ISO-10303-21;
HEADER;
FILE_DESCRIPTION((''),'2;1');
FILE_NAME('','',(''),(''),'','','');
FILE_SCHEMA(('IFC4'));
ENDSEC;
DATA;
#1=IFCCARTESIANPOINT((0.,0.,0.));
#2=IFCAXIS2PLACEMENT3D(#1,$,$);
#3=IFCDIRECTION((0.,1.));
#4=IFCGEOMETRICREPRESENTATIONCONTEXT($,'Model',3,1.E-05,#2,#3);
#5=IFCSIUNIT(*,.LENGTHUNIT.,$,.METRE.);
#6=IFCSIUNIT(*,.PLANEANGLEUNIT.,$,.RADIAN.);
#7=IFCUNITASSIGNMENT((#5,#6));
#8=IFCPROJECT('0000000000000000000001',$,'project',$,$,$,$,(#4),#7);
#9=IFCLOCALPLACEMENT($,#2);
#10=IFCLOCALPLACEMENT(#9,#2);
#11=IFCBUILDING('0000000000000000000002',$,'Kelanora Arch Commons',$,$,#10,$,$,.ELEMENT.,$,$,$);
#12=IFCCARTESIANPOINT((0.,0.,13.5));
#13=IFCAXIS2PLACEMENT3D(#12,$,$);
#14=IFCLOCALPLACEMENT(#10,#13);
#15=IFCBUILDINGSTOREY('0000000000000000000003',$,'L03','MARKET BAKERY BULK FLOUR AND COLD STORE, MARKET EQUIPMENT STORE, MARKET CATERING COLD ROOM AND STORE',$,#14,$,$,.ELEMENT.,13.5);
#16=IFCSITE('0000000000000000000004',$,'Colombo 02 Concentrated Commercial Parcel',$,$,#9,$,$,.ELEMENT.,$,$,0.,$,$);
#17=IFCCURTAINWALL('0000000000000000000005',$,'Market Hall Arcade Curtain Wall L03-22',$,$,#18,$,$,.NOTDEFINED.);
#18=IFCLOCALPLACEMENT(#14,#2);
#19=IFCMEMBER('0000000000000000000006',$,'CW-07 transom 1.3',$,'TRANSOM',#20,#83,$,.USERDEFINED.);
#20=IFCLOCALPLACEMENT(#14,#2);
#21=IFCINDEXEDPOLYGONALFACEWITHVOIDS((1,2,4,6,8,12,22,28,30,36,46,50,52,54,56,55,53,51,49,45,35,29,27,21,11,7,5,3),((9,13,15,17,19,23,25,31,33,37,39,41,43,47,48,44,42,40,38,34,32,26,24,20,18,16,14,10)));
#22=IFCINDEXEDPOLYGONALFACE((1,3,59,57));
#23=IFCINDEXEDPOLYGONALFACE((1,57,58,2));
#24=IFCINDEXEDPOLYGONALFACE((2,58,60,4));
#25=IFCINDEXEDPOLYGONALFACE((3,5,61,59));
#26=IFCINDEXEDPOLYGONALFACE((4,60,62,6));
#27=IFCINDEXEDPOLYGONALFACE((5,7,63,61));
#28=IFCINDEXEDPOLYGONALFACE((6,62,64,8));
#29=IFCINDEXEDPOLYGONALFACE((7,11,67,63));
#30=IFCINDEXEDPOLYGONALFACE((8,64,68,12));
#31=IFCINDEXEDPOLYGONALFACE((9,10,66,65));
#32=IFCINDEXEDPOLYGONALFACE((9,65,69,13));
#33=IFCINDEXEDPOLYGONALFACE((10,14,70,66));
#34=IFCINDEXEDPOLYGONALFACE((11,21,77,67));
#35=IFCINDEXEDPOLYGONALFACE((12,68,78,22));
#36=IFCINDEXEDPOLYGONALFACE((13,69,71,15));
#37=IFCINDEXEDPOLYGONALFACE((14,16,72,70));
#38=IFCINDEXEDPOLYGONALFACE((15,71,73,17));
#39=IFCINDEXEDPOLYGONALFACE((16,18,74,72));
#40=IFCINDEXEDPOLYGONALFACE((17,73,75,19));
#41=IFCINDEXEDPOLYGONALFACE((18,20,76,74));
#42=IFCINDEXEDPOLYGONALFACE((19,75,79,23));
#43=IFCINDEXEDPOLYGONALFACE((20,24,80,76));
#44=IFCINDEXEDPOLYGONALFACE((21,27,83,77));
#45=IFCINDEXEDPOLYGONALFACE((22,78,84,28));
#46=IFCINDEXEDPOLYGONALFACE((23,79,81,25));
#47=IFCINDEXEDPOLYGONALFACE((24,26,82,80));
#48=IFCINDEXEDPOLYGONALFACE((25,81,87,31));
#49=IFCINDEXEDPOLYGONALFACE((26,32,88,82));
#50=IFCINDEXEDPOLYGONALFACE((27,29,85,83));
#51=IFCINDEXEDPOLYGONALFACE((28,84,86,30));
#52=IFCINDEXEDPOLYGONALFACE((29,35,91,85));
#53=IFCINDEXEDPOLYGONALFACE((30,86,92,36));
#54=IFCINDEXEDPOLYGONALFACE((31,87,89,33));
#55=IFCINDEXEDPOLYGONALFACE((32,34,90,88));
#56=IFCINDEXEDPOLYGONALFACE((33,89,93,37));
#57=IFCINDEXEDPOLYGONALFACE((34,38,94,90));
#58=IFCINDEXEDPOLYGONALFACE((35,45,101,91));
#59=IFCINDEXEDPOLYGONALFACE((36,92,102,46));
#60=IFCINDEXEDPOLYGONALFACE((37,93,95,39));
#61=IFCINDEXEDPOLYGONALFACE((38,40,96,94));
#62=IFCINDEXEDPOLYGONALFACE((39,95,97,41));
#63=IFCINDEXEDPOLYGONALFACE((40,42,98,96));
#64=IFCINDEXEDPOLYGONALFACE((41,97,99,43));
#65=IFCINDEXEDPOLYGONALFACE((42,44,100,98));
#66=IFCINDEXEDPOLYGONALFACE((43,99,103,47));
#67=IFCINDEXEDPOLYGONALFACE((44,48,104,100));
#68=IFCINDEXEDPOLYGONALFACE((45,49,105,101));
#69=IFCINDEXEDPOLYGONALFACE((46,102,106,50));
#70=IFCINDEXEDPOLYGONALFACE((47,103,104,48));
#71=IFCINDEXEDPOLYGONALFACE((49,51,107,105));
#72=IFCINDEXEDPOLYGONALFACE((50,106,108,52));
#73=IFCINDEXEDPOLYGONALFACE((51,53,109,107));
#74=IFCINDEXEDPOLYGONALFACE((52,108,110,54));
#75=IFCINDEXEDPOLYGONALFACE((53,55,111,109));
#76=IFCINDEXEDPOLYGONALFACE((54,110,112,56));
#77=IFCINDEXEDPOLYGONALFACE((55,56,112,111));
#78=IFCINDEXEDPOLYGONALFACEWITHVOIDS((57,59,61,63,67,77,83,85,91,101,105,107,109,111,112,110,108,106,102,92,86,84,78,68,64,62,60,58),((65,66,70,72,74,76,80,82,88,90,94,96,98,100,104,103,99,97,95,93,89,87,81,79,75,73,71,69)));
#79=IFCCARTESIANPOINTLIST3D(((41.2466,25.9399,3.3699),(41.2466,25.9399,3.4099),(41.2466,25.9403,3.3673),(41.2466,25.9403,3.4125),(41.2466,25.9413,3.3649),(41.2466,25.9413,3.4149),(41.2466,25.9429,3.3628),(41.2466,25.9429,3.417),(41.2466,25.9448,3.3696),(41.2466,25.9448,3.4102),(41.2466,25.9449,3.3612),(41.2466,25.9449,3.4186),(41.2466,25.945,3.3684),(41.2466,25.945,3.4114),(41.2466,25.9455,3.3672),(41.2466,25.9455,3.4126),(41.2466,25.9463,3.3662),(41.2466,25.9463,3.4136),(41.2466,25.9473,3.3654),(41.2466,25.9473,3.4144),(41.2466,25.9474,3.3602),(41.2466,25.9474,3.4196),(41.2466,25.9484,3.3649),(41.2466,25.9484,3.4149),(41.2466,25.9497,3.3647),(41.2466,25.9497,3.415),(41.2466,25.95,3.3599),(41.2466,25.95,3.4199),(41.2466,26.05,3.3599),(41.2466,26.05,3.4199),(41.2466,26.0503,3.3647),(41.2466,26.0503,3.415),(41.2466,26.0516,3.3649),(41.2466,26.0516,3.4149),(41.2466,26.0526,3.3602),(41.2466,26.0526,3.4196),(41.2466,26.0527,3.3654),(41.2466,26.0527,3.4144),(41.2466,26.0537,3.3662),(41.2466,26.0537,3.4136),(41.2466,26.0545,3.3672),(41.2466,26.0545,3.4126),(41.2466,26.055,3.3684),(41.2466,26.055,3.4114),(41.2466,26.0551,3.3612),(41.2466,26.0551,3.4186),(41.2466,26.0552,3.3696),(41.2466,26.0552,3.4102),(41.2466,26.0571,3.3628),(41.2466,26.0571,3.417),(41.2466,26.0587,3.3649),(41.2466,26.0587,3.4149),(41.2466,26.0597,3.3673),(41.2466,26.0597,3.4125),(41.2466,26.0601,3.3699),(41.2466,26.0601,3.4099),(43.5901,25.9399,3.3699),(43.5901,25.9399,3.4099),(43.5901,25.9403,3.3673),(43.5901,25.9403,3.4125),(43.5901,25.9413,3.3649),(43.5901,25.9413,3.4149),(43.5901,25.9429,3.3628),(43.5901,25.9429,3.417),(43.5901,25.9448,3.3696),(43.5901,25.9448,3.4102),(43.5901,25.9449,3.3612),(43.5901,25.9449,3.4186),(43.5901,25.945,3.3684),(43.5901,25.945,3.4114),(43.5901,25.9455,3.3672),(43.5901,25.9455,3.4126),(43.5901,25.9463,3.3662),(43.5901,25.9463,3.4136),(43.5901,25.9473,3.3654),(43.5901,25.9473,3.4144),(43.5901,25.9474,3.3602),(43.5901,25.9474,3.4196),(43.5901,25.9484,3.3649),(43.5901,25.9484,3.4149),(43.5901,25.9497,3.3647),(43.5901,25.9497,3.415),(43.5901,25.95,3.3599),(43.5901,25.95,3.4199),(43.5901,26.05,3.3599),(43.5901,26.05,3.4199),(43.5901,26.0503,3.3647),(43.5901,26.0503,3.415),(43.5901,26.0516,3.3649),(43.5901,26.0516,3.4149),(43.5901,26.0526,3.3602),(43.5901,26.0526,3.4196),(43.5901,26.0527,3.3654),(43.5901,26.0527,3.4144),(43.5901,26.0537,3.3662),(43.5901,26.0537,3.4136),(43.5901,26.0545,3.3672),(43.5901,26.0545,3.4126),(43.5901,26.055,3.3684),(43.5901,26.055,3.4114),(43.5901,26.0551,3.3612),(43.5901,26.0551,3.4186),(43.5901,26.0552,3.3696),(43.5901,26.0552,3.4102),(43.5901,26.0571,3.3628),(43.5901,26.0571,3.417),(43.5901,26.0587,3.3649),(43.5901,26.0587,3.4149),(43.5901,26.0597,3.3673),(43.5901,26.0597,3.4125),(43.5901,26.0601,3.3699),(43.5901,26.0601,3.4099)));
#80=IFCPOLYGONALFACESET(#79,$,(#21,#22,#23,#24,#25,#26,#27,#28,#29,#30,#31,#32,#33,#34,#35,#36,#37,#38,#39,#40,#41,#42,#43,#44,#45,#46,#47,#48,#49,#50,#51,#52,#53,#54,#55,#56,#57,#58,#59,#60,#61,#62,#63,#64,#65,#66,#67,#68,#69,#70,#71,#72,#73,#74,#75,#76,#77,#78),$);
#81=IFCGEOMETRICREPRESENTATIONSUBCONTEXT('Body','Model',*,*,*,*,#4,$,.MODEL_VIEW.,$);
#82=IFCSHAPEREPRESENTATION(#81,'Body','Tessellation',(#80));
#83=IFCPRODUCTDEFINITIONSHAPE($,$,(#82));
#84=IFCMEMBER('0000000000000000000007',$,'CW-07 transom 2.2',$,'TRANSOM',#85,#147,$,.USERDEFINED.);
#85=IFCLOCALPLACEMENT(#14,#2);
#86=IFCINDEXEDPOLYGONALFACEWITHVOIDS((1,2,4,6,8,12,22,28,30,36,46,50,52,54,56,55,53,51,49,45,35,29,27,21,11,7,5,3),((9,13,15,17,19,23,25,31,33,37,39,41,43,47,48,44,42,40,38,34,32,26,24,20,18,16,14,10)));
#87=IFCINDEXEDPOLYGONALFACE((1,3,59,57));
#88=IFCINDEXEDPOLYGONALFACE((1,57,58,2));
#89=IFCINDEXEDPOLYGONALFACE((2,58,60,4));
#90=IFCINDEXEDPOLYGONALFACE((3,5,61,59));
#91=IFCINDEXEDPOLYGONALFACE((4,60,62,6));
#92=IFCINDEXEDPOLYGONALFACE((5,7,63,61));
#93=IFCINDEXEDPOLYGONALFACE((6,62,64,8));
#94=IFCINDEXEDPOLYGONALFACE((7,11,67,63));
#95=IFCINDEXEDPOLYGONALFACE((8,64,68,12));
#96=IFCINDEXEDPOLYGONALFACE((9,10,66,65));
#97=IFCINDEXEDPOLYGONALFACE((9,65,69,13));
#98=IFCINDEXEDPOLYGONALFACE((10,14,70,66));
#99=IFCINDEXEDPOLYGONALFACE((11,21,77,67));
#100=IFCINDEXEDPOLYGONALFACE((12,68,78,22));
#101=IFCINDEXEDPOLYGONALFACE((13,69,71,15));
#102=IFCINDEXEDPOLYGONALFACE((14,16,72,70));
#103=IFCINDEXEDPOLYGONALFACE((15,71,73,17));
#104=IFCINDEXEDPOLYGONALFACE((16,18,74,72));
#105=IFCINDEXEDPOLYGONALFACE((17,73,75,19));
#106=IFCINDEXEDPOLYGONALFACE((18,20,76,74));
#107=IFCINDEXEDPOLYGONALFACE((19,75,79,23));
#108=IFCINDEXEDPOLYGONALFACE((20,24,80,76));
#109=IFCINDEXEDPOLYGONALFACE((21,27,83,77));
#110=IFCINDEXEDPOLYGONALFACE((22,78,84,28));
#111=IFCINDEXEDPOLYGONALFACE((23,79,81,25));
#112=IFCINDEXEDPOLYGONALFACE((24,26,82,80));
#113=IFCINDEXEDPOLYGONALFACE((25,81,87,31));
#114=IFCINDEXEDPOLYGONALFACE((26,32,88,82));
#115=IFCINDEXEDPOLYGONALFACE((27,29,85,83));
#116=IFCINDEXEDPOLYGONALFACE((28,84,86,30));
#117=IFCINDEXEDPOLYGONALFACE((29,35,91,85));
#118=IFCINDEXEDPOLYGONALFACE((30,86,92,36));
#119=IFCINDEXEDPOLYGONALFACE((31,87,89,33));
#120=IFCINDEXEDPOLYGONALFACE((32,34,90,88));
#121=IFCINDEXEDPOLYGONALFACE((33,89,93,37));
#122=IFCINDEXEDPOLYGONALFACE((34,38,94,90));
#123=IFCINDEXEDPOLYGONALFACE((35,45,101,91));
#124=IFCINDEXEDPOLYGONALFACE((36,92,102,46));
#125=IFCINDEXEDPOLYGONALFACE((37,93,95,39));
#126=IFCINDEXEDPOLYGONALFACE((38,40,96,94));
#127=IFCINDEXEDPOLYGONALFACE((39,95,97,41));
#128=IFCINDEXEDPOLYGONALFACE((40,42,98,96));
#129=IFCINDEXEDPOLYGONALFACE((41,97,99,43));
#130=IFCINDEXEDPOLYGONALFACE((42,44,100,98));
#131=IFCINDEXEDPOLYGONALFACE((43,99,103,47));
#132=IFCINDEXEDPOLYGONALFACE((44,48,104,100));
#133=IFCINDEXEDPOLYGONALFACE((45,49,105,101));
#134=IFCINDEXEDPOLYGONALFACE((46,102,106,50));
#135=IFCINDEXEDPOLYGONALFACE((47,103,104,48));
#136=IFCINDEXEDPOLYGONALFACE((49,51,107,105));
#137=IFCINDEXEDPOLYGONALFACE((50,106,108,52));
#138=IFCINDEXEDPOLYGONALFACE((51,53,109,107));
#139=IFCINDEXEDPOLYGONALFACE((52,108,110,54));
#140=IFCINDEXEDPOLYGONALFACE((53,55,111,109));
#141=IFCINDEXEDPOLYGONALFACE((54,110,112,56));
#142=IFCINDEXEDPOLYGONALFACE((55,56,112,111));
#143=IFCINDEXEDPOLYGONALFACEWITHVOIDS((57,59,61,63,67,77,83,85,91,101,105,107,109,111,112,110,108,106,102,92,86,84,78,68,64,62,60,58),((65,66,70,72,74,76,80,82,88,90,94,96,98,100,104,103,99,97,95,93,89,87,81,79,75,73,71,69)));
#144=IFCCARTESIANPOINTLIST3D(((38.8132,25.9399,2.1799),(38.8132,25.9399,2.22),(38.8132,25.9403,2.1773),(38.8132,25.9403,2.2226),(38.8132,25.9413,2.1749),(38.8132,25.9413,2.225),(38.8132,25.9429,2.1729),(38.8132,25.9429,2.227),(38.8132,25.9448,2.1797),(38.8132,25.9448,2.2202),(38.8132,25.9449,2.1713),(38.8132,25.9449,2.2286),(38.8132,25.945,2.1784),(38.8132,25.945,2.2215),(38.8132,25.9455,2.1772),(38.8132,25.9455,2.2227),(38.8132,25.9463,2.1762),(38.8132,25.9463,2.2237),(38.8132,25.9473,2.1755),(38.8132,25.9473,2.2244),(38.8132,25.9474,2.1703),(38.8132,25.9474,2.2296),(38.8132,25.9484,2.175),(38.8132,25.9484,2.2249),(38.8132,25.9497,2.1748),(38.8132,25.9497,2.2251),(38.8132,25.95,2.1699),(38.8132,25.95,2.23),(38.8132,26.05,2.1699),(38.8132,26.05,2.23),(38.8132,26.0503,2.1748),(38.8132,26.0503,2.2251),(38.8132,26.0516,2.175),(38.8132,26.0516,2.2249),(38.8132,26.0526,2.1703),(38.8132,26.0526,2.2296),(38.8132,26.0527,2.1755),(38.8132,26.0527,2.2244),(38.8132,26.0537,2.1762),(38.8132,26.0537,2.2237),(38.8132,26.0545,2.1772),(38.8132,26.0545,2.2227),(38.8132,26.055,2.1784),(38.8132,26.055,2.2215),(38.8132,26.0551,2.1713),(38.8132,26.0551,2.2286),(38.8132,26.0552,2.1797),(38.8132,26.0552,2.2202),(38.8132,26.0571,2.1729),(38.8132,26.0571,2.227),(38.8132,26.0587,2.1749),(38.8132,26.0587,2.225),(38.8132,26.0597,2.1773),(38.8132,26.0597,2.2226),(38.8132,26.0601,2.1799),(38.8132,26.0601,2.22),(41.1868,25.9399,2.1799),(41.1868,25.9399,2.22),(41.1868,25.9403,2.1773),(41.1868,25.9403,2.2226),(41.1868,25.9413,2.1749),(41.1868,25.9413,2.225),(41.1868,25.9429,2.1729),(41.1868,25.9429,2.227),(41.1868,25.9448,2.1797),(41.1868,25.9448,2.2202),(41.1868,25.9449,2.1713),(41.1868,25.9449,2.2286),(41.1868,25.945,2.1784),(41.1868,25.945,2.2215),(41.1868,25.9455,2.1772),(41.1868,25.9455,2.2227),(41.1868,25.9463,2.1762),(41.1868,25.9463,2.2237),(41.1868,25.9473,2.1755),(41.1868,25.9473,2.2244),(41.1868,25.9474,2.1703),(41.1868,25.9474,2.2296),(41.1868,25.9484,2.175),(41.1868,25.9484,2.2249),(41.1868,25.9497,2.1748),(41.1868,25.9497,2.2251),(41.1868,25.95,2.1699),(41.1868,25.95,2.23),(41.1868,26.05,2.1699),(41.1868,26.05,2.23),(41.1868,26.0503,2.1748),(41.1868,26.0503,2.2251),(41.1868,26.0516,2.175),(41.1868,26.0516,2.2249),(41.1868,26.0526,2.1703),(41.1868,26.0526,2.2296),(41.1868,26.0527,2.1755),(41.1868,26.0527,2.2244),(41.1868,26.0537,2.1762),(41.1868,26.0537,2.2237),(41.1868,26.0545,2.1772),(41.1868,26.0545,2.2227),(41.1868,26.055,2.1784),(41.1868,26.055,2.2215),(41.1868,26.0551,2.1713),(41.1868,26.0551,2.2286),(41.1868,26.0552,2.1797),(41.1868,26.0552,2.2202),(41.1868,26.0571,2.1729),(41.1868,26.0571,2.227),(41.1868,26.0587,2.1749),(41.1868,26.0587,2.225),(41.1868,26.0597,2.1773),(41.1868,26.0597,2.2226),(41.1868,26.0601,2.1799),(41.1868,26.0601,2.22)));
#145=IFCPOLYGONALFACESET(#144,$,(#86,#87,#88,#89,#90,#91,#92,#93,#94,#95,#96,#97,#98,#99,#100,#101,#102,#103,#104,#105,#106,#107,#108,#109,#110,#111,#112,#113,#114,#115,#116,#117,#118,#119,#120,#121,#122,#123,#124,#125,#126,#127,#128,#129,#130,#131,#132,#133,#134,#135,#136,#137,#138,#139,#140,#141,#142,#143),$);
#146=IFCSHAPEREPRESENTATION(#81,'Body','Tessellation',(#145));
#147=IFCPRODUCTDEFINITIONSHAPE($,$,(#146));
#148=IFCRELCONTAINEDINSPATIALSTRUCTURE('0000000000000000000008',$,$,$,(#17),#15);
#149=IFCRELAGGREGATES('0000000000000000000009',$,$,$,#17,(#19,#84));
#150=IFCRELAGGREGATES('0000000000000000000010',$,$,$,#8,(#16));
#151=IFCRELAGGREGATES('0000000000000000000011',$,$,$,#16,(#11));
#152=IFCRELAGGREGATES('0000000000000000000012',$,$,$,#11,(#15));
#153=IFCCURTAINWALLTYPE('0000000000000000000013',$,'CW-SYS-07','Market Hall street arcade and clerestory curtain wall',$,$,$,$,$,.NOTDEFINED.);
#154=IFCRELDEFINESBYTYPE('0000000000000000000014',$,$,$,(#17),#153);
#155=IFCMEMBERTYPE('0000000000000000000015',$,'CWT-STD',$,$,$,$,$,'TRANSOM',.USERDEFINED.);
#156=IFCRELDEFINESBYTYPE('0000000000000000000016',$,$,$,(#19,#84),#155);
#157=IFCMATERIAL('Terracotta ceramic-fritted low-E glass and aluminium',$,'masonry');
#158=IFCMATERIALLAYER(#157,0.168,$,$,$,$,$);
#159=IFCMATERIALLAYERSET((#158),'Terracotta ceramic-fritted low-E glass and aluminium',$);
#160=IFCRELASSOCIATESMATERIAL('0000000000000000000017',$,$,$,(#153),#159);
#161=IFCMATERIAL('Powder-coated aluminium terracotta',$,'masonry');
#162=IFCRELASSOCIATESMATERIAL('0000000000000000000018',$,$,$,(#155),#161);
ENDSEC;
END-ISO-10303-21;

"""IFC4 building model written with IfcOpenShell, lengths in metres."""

from ifc_helpers import new_model, si_unit, direction, frame, origin, origin_2d, place, context, subcontext, project, spatial, hollow_rectangle, extrude, material, layer, layer_set, material_profile, profile_set, type_object, element, aggregate, save


model = new_model("IFC4")

# Units and contexts
model_context = context("Model", 3, precision=1e-05, world=origin(), true_north=direction((0.0, 1.0)))
body_context = subcontext(model_context, "Body", "Model", "MODEL_VIEW")
ifc_project = project(units=[si_unit("LENGTHUNIT", "METRE"), si_unit("PLANEANGLEUNIT", "RADIAN")], contexts=[model_context])

# Site, building, storey
site_placement = place(None, origin())
site = spatial("IfcSite", under=ifc_project, at=site_placement, Name="Colombo 02 Concentrated Commercial Parcel", CompositionType="ELEMENT", RefElevation=0.0)
building_placement = place(site_placement, origin())
building = spatial("IfcBuilding", under=site, at=building_placement, Name="Kelanora Arch Commons", CompositionType="ELEMENT")
storey_placement = place(building_placement, frame((0.0, 0.0, 13.5)))
storey = spatial("IfcBuildingStorey", under=building, at=storey_placement, Name="L03", Description="MARKET BAKERY BULK FLOUR AND COLD STORE, MARKET EQUIPMENT STORE, MARKET CATERING COLD ROOM AND STORE", CompositionType="ELEMENT", Elevation=13.5)

# Curtain wall, members
ifc_material_1 = material(Name="Terracotta ceramic-fritted low-E glass and aluminium", Category="masonry")
ifc_layer_1 = layer(ifc_material_1, 0.168)
ifc_layer_set_1 = layer_set([ifc_layer_1], Name="Terracotta ceramic-fritted low-E glass and aluminium")
curtain_wall_type = type_object("IfcCurtainWallType", Name="CW-SYS-07", Description="Market Hall street arcade and clerestory curtain wall", PredefinedType="NOTDEFINED", material=ifc_layer_set_1)
curtain_wall_placement = place(storey_placement, origin())
curtain_wall = element("IfcCurtainWall", 1, at=curtain_wall_placement, inside=storey, type_object=curtain_wall_type, Name="Market Hall Arcade Curtain Wall L03-22", PredefinedType="NOTDEFINED")
ifc_material_2 = material(Name="Powder-coated aluminium terracotta", Category="masonry")
ifc_material_profile_1 = material_profile(ifc_material_2, hollow_rectangle(XDim=0.1201, YDim=0.0601, WallThickness=0.0049, InnerFilletRadius=0.0049, OuterFilletRadius=0.01, at=origin_2d()), Name="CWT120x60")
ifc_profile_set_1 = profile_set([ifc_material_profile_1], Name="Powder-coated aluminium terracotta")
member_type_1 = type_object("IfcMemberType", Name="CWT-STD", ElementType="TRANSOM", PredefinedType="USERDEFINED", material=ifc_profile_set_1)
member_1_placement = place(storey_placement, frame((43.5901, 26.0, 3.3899), z_axis=(-1.0, 0.0, 0.0), x_axis=(0.0, -1.0, 0.0)))
member_1 = element("IfcMember", 2, at=member_1_placement, type_object=member_type_1, Name="CW-07 transom 1.3", ObjectType="TRANSOM", PredefinedType="USERDEFINED", context=body_context, shape_type="SweptSolid", body=[
    extrude(hollow_rectangle(XDim=0.1201, YDim=0.0601, WallThickness=0.0049, InnerFilletRadius=0.0049, OuterFilletRadius=0.01, at=origin_2d()), origin(), (0.0, 0.0, 1.0), 2.3435),
])
member_2_placement = place(storey_placement, frame((41.1868, 26.0, 2.2), z_axis=(-1.0, 0.0, 0.0), x_axis=(0.0, -1.0, 0.0)))
member_2 = element("IfcMember", 3, at=member_2_placement, type_object=member_type_1, Name="CW-07 transom 2.2", ObjectType="TRANSOM", PredefinedType="USERDEFINED", context=body_context, shape_type="SweptSolid", body=[
    extrude(hollow_rectangle(XDim=0.1201, YDim=0.0601, WallThickness=0.0049, InnerFilletRadius=0.0049, OuterFilletRadius=0.01, at=origin_2d()), origin(), (0.0, 0.0, 1.0), 2.3735),
])
aggregate(curtain_wall, [member_1, member_2])

save(model, "model.ifc")
